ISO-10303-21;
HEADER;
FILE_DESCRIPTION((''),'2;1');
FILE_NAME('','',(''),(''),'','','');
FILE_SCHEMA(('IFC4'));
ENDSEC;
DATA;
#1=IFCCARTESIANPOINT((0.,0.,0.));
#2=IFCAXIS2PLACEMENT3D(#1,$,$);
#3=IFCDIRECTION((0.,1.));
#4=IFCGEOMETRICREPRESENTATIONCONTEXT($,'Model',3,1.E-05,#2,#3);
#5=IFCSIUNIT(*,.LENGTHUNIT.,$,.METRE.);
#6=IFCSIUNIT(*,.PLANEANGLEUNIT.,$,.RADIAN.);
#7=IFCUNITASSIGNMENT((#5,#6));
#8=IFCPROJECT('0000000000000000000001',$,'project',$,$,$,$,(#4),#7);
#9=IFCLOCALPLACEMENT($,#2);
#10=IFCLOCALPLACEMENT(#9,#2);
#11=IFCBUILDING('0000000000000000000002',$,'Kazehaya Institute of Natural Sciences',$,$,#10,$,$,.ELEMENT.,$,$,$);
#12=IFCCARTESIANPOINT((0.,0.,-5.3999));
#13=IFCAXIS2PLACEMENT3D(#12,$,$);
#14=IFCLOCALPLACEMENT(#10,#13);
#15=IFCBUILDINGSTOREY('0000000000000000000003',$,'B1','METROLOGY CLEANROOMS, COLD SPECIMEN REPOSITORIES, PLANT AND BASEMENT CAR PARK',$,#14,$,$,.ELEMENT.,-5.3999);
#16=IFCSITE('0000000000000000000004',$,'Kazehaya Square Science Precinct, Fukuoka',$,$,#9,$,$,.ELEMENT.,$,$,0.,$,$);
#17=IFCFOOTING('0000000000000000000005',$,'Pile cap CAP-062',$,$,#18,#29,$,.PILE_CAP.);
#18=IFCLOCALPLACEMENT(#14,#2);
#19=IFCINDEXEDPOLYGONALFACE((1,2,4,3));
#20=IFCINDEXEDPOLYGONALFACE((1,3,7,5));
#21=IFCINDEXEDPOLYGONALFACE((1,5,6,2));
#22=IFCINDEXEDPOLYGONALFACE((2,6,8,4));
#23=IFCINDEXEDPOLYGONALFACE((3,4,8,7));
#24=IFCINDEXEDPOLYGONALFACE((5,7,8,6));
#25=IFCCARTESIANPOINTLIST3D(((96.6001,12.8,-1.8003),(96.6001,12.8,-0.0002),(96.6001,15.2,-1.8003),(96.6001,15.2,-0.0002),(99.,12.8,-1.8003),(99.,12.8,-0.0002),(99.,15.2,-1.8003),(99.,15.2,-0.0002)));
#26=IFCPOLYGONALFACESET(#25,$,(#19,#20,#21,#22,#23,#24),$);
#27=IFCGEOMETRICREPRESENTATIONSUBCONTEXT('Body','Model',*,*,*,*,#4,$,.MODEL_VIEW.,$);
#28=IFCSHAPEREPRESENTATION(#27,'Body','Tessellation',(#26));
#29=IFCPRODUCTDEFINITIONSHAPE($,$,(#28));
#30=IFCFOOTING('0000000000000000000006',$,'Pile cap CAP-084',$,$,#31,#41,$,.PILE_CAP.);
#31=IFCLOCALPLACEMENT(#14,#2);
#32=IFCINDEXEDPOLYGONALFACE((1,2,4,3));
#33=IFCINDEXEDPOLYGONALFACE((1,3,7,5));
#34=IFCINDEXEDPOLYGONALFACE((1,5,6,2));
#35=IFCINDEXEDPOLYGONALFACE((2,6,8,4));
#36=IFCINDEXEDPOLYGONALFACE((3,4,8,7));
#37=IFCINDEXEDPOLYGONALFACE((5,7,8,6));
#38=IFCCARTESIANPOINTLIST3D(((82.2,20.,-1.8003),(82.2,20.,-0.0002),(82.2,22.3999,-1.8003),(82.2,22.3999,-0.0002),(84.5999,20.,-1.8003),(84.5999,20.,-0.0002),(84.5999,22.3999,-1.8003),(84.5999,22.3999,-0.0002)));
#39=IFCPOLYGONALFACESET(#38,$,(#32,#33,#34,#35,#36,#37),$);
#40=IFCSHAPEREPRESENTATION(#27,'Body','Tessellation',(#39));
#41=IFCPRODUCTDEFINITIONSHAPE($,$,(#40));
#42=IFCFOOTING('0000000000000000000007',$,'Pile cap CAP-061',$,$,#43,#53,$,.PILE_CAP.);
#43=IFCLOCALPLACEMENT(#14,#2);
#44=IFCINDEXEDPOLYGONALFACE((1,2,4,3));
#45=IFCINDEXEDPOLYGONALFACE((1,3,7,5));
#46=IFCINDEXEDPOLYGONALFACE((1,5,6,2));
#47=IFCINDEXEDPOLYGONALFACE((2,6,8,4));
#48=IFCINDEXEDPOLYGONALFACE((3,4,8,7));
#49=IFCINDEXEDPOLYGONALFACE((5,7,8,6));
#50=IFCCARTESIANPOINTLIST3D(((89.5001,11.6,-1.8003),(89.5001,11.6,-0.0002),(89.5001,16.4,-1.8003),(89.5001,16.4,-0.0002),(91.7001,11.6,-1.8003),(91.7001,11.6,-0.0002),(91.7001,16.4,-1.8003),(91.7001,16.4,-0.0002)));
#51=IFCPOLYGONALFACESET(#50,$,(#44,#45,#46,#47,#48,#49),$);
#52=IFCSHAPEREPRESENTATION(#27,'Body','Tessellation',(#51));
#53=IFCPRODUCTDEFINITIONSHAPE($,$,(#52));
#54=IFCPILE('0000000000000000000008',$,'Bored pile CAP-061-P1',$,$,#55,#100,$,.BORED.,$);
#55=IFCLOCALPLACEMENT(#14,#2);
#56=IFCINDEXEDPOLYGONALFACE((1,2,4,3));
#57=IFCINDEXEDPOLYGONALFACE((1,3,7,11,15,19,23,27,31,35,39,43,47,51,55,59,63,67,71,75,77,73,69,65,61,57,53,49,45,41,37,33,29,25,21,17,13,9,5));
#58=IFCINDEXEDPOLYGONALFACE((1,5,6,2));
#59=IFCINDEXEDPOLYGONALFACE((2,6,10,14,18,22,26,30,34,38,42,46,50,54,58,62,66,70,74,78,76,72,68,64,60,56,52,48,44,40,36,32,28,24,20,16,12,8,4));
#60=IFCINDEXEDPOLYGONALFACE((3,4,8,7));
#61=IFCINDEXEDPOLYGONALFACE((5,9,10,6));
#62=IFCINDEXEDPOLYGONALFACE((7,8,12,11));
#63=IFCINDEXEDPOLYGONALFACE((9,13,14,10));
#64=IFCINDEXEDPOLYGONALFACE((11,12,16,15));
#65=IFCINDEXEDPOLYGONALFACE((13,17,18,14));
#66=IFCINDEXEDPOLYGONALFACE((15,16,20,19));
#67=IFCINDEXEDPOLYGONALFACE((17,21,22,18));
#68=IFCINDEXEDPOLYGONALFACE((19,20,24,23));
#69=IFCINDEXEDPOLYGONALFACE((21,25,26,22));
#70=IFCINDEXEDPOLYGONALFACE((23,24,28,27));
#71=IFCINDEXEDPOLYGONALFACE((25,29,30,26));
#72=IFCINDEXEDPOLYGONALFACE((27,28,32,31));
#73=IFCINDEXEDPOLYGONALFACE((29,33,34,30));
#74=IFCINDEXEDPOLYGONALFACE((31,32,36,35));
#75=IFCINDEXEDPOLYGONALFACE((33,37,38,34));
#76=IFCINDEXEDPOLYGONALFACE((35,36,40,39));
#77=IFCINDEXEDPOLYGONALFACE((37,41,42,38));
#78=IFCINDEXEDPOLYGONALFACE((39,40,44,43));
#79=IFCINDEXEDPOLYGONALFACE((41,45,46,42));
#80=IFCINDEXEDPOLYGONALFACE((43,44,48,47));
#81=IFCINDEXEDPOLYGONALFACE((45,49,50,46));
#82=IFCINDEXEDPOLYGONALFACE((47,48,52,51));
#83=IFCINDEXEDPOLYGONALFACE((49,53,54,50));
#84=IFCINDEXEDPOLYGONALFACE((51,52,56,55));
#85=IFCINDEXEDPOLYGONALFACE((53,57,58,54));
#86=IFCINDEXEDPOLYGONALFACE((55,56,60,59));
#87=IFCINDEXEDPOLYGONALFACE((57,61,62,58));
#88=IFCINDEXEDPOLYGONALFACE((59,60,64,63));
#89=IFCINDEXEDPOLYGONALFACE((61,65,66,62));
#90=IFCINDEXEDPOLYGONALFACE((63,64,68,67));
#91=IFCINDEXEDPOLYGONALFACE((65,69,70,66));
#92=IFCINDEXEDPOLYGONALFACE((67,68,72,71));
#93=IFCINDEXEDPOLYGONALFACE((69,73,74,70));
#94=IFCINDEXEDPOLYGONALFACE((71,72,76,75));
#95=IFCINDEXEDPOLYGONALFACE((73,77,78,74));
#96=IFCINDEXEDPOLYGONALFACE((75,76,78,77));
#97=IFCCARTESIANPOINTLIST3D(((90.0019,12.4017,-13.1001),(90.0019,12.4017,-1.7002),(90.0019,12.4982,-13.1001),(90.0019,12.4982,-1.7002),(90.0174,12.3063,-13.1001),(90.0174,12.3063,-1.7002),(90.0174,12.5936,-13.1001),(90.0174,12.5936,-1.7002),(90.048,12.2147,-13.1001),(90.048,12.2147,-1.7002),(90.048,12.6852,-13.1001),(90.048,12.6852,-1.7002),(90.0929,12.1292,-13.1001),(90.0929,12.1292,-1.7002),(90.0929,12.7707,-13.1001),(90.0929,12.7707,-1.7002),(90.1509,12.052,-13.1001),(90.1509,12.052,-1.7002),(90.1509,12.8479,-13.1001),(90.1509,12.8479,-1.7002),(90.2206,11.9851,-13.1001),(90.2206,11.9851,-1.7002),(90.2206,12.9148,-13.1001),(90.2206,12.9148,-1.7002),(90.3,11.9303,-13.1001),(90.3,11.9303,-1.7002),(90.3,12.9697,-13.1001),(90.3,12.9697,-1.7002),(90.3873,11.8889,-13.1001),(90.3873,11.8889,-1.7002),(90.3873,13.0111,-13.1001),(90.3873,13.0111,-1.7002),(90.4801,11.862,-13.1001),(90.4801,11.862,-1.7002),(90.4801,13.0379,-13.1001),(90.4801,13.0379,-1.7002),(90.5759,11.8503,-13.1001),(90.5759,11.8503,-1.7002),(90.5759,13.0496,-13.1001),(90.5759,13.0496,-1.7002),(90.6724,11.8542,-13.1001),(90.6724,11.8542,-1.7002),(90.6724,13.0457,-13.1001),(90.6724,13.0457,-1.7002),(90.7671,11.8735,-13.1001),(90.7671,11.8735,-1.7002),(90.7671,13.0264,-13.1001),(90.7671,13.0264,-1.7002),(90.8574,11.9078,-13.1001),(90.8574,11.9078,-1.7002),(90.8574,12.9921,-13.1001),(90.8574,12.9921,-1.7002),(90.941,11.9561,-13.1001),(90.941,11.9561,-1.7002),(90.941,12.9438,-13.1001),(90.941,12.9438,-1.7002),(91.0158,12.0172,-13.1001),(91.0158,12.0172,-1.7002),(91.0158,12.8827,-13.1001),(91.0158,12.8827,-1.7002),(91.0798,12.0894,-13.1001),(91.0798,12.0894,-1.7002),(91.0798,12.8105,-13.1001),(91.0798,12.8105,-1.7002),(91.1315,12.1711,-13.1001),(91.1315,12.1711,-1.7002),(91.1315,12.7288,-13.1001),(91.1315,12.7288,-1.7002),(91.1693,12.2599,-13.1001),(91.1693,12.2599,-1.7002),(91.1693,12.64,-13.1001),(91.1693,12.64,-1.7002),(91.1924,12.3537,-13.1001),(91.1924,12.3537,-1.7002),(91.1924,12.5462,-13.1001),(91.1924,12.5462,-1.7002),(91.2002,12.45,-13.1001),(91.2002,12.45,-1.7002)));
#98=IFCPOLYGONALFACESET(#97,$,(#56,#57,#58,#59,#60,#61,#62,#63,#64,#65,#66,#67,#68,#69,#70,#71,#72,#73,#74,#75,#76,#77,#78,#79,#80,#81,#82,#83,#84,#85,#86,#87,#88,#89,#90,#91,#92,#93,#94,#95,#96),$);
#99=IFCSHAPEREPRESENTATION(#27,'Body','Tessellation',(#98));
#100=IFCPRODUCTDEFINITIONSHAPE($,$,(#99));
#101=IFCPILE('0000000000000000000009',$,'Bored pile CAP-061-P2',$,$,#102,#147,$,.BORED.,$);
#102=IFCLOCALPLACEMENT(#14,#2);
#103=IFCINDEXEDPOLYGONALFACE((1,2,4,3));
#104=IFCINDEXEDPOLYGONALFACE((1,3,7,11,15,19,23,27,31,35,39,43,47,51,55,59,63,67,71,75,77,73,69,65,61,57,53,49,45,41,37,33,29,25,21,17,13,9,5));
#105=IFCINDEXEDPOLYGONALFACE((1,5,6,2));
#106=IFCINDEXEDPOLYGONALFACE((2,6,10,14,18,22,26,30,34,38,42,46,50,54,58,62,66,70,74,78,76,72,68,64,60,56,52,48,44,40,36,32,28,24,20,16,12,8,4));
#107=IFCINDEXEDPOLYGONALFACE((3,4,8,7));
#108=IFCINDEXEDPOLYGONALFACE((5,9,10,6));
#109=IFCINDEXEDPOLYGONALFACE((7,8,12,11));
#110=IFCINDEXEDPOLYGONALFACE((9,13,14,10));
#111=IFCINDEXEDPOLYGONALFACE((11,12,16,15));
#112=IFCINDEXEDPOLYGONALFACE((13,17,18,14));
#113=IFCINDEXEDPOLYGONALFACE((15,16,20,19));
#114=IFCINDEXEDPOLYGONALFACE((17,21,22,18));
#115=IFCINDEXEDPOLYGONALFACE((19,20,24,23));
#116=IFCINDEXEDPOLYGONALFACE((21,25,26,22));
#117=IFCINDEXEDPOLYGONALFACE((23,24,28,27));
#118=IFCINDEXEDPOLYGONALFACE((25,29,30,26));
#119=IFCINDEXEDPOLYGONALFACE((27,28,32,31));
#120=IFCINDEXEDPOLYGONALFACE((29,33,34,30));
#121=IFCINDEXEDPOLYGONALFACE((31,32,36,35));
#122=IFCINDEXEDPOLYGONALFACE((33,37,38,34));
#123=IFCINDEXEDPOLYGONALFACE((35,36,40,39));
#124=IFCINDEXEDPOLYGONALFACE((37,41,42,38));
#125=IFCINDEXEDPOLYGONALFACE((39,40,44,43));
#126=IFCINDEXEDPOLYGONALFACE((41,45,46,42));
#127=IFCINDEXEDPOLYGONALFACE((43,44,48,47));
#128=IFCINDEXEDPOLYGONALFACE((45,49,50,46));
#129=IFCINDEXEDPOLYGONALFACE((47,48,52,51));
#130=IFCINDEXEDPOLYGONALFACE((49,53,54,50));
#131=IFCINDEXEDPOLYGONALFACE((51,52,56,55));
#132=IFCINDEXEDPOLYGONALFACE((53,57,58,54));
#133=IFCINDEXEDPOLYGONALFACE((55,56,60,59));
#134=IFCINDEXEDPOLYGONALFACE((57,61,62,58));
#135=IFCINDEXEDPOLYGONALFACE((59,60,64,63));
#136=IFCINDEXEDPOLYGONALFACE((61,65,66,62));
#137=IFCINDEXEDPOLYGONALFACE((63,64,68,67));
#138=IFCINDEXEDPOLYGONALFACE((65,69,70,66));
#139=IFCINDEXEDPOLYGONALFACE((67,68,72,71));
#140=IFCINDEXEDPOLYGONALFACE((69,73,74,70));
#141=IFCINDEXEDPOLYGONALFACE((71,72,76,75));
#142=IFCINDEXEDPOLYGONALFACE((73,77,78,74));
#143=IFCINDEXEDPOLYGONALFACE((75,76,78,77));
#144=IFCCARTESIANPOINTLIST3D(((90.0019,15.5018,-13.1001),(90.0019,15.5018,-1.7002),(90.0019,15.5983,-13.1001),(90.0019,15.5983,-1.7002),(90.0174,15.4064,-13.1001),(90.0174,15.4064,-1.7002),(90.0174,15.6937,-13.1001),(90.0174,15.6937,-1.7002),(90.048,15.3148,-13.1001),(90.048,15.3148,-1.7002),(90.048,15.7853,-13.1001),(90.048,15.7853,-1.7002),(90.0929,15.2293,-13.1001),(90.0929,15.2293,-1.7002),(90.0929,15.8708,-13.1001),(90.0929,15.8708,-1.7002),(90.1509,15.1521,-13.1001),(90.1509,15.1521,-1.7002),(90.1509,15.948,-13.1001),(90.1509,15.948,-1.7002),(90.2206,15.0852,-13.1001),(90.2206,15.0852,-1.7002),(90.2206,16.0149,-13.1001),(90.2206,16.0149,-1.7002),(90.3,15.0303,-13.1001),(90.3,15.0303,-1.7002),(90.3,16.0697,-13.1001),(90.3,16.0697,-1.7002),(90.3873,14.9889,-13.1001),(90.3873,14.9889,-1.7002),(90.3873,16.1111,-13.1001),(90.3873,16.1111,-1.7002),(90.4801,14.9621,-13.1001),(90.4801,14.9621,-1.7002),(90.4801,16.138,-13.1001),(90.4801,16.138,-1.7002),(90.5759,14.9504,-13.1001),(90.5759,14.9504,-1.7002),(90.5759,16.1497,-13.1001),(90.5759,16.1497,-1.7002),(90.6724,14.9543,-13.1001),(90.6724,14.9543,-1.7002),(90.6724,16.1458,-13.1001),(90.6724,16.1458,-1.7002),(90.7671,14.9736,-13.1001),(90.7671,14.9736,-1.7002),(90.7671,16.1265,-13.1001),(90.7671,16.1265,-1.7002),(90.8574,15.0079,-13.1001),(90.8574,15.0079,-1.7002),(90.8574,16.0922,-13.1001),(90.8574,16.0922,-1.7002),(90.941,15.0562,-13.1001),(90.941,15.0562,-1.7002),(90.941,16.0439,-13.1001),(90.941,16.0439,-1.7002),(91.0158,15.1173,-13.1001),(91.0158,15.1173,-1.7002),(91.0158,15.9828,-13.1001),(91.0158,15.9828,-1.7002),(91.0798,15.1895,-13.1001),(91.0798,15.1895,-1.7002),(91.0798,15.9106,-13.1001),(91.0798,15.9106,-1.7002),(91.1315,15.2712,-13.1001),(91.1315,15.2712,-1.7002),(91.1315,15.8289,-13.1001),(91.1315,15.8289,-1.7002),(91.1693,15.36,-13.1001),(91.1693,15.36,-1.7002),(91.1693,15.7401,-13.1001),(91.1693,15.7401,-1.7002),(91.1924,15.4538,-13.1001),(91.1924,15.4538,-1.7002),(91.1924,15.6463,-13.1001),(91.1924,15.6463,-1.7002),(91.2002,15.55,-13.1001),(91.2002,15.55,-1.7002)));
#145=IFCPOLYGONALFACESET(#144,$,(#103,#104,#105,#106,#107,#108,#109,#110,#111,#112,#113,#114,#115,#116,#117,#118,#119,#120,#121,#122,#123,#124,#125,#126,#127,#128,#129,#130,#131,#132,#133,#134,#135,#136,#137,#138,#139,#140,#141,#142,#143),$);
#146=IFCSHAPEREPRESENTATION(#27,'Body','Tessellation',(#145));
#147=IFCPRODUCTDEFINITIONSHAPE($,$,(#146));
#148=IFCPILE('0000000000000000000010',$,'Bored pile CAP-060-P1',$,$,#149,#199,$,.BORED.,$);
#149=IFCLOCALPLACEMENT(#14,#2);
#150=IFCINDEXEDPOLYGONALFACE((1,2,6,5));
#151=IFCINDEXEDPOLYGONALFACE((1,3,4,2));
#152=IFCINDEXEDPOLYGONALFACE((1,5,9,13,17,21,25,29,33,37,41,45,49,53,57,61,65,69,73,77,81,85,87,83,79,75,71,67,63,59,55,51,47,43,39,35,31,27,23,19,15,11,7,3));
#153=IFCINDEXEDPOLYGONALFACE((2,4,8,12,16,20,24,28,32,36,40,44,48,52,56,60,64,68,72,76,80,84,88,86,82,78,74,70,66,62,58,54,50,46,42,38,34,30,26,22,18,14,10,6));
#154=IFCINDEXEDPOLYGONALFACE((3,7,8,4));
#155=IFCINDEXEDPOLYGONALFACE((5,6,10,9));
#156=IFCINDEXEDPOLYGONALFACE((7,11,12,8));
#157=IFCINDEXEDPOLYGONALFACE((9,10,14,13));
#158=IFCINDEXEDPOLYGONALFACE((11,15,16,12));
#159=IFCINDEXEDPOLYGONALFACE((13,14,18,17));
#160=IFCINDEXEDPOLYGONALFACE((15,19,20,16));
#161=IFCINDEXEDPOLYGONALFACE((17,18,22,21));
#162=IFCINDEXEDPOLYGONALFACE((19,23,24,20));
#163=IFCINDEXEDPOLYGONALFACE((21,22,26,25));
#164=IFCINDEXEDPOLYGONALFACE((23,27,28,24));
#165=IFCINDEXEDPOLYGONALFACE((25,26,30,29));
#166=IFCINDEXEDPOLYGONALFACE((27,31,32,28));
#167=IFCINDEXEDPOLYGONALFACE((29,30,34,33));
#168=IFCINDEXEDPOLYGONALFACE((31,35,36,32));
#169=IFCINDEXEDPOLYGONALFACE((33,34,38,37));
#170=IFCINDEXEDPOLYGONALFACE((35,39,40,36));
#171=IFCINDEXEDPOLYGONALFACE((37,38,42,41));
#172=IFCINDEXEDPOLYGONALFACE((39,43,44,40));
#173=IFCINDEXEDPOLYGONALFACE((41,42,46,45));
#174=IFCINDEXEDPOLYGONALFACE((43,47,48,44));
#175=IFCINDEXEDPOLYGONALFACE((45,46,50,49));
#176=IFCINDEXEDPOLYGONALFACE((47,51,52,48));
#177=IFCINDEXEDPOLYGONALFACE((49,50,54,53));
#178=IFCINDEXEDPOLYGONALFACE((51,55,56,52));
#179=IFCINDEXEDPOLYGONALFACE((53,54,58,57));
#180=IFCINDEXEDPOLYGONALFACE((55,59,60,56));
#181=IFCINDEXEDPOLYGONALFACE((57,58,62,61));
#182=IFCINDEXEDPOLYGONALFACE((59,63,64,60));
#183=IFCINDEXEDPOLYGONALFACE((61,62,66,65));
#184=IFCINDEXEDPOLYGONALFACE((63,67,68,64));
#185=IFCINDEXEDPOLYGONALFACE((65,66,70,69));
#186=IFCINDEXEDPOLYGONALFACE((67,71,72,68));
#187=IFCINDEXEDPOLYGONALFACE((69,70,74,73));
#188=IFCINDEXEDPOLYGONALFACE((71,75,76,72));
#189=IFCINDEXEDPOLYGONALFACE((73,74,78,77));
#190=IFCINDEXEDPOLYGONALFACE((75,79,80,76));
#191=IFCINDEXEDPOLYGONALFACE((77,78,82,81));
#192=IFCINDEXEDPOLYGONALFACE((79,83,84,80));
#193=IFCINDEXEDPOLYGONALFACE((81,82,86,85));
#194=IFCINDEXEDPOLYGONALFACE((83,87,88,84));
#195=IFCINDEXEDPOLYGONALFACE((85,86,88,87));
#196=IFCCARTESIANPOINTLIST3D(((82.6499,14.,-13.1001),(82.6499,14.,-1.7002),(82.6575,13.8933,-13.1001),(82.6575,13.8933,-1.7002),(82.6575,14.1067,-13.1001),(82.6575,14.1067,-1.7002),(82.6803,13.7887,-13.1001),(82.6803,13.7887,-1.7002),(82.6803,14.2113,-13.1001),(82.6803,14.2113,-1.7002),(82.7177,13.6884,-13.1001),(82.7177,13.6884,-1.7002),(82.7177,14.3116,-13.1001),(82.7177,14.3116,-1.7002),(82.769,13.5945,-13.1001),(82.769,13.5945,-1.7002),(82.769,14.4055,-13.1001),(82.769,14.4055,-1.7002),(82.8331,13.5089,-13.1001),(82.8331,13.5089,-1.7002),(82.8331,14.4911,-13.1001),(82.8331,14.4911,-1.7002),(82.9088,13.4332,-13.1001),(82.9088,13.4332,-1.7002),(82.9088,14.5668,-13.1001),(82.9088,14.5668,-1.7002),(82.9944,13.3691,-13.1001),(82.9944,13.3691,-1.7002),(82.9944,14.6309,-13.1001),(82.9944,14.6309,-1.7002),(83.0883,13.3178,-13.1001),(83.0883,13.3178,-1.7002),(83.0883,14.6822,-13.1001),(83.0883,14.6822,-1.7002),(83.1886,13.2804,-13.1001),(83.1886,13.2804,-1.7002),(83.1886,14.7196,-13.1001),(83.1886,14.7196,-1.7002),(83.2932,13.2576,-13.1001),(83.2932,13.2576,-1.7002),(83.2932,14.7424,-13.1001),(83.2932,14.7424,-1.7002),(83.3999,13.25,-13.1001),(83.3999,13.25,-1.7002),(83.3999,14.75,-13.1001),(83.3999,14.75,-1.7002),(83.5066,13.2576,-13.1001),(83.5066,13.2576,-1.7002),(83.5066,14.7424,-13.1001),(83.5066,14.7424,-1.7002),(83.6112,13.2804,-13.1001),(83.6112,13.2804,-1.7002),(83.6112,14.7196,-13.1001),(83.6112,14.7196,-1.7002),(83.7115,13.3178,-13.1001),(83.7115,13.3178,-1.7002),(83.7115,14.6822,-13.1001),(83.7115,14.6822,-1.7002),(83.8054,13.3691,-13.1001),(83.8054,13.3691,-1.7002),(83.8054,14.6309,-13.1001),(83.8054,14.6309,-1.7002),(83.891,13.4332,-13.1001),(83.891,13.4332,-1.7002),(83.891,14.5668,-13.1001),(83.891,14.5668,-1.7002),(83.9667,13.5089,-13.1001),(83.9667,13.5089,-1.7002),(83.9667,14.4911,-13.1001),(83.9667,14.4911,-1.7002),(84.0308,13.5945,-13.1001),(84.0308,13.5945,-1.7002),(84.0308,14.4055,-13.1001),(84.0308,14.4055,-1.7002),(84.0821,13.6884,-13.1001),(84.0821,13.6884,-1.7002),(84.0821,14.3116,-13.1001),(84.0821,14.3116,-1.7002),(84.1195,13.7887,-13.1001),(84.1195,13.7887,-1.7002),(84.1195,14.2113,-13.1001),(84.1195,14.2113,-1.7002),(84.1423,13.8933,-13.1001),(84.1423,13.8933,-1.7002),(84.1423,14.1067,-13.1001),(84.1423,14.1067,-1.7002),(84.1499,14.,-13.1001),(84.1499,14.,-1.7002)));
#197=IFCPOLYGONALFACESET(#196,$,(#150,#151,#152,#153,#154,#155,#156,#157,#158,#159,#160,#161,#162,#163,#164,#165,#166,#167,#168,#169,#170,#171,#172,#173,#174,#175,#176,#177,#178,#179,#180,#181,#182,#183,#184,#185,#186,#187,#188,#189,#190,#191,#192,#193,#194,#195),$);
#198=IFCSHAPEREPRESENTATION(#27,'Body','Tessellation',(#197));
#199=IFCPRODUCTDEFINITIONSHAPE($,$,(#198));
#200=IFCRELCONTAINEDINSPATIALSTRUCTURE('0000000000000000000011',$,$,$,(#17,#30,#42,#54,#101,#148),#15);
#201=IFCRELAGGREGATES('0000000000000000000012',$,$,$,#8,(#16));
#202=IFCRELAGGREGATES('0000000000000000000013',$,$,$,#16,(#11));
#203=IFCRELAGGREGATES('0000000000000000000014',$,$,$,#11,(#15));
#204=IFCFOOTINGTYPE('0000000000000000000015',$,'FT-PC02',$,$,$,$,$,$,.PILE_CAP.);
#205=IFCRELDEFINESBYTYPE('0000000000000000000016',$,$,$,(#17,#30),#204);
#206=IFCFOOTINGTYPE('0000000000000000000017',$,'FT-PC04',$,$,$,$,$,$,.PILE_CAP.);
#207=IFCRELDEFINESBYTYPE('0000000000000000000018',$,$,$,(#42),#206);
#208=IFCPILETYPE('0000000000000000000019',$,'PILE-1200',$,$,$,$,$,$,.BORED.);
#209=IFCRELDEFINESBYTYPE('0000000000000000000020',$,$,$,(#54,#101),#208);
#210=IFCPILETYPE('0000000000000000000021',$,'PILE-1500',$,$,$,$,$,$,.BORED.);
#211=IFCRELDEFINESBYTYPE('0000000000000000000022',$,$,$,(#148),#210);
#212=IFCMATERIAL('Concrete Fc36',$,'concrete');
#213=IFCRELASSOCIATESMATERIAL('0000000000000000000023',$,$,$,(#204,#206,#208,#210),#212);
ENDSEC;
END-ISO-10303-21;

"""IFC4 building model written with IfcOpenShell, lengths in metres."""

from ifc_helpers import new_model, si_unit, direction, frame, origin, origin_2d, place, context, subcontext, project, spatial, rectangle, circle, extrude, material, material_profile, profile_set, type_object, element, save


model = new_model("IFC4")

# Units and contexts
model_context = context("Model", 3, precision=1e-05, world=origin(), true_north=direction((0.0, 1.0)))
body_context = subcontext(model_context, "Body", "Model", "MODEL_VIEW")
ifc_project = project(units=[si_unit("LENGTHUNIT", "METRE"), si_unit("PLANEANGLEUNIT", "RADIAN")], contexts=[model_context])

# Site, building, storey
site_placement = place(None, origin())
site = spatial("IfcSite", under=ifc_project, at=site_placement, Name="Kazehaya Square Science Precinct, Fukuoka", CompositionType="ELEMENT", RefElevation=0.0)
building_placement = place(site_placement, origin())
building = spatial("IfcBuilding", under=site, at=building_placement, Name="Kazehaya Institute of Natural Sciences", CompositionType="ELEMENT")
storey_placement = place(building_placement, frame((0.0, 0.0, -5.3999)))
storey = spatial("IfcBuildingStorey", under=building, at=storey_placement, Name="B1", Description="METROLOGY CLEANROOMS, COLD SPECIMEN REPOSITORIES, PLANT AND BASEMENT CAR PARK", CompositionType="ELEMENT", Elevation=-5.3999)

# Footings
ifc_material_1 = material(Name="Concrete Fc36", Category="concrete")
footing_type_1 = type_object("IfcFootingType", Name="FT-PC02", PredefinedType="PILE_CAP", material=ifc_material_1)
for number, where, z_axis, x_axis, name in (
    (1, (97.8, 14.0, -1.8003), (0.0, 0.0, 1.0), (1.0, 0.0, 0.0), "Pile cap CAP-062"),
    (2, (83.3999, 21.2, -1.8003), (0.0, 0.0, 1.0), (1.0, 0.0, 0.0), "Pile cap CAP-084"),
):
    element("IfcFooting", number, at=place(storey_placement, frame(where, z_axis=z_axis, x_axis=x_axis)), inside=storey, type_object=footing_type_1, Name=name, PredefinedType="PILE_CAP", context=body_context, shape_type="SweptSolid", body=[
        extrude(rectangle(XDim=2.3999, YDim=2.3999, at=origin_2d()), origin(), (0.0, 0.0, 1.0), 1.8),
    ])
footing_type_2 = type_object("IfcFootingType", Name="FT-PC04", PredefinedType="PILE_CAP", material=ifc_material_1)
footing_placement = place(storey_placement, frame((90.6001, 14.0, -1.8003), z_axis=(0.0, 0.0, 1.0), x_axis=(1.0, 0.0, 0.0)))
element("IfcFooting", 3, at=footing_placement, inside=storey, type_object=footing_type_2, Name="Pile cap CAP-061", PredefinedType="PILE_CAP", context=body_context, shape_type="SweptSolid", body=[
    extrude(rectangle(XDim=2.2, YDim=4.8, at=origin_2d()), origin(), (0.0, 0.0, 1.0), 1.8),
])

# Piles
ifc_material_profile_1 = material_profile(ifc_material_1, circle(Radius=0.6001, at=origin_2d()), Name="PILE-1200")
ifc_profile_set_1 = profile_set([ifc_material_profile_1], Name="Concrete Fc36")
pile_type_1 = type_object("IfcPileType", Name="PILE-1200", PredefinedType="BORED", material=ifc_profile_set_1)
for number, where, z_axis, x_axis, name in (
    (4, (90.6001, 12.45, -1.7002), (0.0, 0.0, -1.0), (1.0, 0.0, 0.0), "Bored pile CAP-061-P1"),
    (5, (90.6001, 15.55, -1.7002), (0.0, 0.0, -1.0), (1.0, 0.0, 0.0), "Bored pile CAP-061-P2"),
):
    element("IfcPile", number, at=place(storey_placement, frame(where, z_axis=z_axis, x_axis=x_axis)), inside=storey, type_object=pile_type_1, Name=name, PredefinedType="BORED", context=body_context, shape_type="SweptSolid", body=[
        extrude(circle(Radius=0.6001, at=origin_2d()), origin(), (0.0, 0.0, 1.0), 11.3999),
    ])
ifc_material_profile_2 = material_profile(ifc_material_1, circle(Radius=0.75, at=origin_2d()), Name="PILE-1500")
ifc_profile_set_2 = profile_set([ifc_material_profile_2], Name="Concrete Fc36")
pile_type_2 = type_object("IfcPileType", Name="PILE-1500", PredefinedType="BORED", material=ifc_profile_set_2)
for number, where, z_axis, x_axis, name in (
    (6, (83.3999, 14.0, -1.7002), (0.0, 0.0, -1.0), (1.0, 0.0, 0.0), "Bored pile CAP-060-P1"),
):
    element("IfcPile", number, at=place(storey_placement, frame(where, z_axis=z_axis, x_axis=x_axis)), inside=storey, type_object=pile_type_2, Name=name, PredefinedType="BORED", context=body_context, shape_type="SweptSolid", body=[
        extrude(circle(Radius=0.75, at=origin_2d()), origin(), (0.0, 0.0, 1.0), 11.3999),
    ])

save(model, "model.ifc")
